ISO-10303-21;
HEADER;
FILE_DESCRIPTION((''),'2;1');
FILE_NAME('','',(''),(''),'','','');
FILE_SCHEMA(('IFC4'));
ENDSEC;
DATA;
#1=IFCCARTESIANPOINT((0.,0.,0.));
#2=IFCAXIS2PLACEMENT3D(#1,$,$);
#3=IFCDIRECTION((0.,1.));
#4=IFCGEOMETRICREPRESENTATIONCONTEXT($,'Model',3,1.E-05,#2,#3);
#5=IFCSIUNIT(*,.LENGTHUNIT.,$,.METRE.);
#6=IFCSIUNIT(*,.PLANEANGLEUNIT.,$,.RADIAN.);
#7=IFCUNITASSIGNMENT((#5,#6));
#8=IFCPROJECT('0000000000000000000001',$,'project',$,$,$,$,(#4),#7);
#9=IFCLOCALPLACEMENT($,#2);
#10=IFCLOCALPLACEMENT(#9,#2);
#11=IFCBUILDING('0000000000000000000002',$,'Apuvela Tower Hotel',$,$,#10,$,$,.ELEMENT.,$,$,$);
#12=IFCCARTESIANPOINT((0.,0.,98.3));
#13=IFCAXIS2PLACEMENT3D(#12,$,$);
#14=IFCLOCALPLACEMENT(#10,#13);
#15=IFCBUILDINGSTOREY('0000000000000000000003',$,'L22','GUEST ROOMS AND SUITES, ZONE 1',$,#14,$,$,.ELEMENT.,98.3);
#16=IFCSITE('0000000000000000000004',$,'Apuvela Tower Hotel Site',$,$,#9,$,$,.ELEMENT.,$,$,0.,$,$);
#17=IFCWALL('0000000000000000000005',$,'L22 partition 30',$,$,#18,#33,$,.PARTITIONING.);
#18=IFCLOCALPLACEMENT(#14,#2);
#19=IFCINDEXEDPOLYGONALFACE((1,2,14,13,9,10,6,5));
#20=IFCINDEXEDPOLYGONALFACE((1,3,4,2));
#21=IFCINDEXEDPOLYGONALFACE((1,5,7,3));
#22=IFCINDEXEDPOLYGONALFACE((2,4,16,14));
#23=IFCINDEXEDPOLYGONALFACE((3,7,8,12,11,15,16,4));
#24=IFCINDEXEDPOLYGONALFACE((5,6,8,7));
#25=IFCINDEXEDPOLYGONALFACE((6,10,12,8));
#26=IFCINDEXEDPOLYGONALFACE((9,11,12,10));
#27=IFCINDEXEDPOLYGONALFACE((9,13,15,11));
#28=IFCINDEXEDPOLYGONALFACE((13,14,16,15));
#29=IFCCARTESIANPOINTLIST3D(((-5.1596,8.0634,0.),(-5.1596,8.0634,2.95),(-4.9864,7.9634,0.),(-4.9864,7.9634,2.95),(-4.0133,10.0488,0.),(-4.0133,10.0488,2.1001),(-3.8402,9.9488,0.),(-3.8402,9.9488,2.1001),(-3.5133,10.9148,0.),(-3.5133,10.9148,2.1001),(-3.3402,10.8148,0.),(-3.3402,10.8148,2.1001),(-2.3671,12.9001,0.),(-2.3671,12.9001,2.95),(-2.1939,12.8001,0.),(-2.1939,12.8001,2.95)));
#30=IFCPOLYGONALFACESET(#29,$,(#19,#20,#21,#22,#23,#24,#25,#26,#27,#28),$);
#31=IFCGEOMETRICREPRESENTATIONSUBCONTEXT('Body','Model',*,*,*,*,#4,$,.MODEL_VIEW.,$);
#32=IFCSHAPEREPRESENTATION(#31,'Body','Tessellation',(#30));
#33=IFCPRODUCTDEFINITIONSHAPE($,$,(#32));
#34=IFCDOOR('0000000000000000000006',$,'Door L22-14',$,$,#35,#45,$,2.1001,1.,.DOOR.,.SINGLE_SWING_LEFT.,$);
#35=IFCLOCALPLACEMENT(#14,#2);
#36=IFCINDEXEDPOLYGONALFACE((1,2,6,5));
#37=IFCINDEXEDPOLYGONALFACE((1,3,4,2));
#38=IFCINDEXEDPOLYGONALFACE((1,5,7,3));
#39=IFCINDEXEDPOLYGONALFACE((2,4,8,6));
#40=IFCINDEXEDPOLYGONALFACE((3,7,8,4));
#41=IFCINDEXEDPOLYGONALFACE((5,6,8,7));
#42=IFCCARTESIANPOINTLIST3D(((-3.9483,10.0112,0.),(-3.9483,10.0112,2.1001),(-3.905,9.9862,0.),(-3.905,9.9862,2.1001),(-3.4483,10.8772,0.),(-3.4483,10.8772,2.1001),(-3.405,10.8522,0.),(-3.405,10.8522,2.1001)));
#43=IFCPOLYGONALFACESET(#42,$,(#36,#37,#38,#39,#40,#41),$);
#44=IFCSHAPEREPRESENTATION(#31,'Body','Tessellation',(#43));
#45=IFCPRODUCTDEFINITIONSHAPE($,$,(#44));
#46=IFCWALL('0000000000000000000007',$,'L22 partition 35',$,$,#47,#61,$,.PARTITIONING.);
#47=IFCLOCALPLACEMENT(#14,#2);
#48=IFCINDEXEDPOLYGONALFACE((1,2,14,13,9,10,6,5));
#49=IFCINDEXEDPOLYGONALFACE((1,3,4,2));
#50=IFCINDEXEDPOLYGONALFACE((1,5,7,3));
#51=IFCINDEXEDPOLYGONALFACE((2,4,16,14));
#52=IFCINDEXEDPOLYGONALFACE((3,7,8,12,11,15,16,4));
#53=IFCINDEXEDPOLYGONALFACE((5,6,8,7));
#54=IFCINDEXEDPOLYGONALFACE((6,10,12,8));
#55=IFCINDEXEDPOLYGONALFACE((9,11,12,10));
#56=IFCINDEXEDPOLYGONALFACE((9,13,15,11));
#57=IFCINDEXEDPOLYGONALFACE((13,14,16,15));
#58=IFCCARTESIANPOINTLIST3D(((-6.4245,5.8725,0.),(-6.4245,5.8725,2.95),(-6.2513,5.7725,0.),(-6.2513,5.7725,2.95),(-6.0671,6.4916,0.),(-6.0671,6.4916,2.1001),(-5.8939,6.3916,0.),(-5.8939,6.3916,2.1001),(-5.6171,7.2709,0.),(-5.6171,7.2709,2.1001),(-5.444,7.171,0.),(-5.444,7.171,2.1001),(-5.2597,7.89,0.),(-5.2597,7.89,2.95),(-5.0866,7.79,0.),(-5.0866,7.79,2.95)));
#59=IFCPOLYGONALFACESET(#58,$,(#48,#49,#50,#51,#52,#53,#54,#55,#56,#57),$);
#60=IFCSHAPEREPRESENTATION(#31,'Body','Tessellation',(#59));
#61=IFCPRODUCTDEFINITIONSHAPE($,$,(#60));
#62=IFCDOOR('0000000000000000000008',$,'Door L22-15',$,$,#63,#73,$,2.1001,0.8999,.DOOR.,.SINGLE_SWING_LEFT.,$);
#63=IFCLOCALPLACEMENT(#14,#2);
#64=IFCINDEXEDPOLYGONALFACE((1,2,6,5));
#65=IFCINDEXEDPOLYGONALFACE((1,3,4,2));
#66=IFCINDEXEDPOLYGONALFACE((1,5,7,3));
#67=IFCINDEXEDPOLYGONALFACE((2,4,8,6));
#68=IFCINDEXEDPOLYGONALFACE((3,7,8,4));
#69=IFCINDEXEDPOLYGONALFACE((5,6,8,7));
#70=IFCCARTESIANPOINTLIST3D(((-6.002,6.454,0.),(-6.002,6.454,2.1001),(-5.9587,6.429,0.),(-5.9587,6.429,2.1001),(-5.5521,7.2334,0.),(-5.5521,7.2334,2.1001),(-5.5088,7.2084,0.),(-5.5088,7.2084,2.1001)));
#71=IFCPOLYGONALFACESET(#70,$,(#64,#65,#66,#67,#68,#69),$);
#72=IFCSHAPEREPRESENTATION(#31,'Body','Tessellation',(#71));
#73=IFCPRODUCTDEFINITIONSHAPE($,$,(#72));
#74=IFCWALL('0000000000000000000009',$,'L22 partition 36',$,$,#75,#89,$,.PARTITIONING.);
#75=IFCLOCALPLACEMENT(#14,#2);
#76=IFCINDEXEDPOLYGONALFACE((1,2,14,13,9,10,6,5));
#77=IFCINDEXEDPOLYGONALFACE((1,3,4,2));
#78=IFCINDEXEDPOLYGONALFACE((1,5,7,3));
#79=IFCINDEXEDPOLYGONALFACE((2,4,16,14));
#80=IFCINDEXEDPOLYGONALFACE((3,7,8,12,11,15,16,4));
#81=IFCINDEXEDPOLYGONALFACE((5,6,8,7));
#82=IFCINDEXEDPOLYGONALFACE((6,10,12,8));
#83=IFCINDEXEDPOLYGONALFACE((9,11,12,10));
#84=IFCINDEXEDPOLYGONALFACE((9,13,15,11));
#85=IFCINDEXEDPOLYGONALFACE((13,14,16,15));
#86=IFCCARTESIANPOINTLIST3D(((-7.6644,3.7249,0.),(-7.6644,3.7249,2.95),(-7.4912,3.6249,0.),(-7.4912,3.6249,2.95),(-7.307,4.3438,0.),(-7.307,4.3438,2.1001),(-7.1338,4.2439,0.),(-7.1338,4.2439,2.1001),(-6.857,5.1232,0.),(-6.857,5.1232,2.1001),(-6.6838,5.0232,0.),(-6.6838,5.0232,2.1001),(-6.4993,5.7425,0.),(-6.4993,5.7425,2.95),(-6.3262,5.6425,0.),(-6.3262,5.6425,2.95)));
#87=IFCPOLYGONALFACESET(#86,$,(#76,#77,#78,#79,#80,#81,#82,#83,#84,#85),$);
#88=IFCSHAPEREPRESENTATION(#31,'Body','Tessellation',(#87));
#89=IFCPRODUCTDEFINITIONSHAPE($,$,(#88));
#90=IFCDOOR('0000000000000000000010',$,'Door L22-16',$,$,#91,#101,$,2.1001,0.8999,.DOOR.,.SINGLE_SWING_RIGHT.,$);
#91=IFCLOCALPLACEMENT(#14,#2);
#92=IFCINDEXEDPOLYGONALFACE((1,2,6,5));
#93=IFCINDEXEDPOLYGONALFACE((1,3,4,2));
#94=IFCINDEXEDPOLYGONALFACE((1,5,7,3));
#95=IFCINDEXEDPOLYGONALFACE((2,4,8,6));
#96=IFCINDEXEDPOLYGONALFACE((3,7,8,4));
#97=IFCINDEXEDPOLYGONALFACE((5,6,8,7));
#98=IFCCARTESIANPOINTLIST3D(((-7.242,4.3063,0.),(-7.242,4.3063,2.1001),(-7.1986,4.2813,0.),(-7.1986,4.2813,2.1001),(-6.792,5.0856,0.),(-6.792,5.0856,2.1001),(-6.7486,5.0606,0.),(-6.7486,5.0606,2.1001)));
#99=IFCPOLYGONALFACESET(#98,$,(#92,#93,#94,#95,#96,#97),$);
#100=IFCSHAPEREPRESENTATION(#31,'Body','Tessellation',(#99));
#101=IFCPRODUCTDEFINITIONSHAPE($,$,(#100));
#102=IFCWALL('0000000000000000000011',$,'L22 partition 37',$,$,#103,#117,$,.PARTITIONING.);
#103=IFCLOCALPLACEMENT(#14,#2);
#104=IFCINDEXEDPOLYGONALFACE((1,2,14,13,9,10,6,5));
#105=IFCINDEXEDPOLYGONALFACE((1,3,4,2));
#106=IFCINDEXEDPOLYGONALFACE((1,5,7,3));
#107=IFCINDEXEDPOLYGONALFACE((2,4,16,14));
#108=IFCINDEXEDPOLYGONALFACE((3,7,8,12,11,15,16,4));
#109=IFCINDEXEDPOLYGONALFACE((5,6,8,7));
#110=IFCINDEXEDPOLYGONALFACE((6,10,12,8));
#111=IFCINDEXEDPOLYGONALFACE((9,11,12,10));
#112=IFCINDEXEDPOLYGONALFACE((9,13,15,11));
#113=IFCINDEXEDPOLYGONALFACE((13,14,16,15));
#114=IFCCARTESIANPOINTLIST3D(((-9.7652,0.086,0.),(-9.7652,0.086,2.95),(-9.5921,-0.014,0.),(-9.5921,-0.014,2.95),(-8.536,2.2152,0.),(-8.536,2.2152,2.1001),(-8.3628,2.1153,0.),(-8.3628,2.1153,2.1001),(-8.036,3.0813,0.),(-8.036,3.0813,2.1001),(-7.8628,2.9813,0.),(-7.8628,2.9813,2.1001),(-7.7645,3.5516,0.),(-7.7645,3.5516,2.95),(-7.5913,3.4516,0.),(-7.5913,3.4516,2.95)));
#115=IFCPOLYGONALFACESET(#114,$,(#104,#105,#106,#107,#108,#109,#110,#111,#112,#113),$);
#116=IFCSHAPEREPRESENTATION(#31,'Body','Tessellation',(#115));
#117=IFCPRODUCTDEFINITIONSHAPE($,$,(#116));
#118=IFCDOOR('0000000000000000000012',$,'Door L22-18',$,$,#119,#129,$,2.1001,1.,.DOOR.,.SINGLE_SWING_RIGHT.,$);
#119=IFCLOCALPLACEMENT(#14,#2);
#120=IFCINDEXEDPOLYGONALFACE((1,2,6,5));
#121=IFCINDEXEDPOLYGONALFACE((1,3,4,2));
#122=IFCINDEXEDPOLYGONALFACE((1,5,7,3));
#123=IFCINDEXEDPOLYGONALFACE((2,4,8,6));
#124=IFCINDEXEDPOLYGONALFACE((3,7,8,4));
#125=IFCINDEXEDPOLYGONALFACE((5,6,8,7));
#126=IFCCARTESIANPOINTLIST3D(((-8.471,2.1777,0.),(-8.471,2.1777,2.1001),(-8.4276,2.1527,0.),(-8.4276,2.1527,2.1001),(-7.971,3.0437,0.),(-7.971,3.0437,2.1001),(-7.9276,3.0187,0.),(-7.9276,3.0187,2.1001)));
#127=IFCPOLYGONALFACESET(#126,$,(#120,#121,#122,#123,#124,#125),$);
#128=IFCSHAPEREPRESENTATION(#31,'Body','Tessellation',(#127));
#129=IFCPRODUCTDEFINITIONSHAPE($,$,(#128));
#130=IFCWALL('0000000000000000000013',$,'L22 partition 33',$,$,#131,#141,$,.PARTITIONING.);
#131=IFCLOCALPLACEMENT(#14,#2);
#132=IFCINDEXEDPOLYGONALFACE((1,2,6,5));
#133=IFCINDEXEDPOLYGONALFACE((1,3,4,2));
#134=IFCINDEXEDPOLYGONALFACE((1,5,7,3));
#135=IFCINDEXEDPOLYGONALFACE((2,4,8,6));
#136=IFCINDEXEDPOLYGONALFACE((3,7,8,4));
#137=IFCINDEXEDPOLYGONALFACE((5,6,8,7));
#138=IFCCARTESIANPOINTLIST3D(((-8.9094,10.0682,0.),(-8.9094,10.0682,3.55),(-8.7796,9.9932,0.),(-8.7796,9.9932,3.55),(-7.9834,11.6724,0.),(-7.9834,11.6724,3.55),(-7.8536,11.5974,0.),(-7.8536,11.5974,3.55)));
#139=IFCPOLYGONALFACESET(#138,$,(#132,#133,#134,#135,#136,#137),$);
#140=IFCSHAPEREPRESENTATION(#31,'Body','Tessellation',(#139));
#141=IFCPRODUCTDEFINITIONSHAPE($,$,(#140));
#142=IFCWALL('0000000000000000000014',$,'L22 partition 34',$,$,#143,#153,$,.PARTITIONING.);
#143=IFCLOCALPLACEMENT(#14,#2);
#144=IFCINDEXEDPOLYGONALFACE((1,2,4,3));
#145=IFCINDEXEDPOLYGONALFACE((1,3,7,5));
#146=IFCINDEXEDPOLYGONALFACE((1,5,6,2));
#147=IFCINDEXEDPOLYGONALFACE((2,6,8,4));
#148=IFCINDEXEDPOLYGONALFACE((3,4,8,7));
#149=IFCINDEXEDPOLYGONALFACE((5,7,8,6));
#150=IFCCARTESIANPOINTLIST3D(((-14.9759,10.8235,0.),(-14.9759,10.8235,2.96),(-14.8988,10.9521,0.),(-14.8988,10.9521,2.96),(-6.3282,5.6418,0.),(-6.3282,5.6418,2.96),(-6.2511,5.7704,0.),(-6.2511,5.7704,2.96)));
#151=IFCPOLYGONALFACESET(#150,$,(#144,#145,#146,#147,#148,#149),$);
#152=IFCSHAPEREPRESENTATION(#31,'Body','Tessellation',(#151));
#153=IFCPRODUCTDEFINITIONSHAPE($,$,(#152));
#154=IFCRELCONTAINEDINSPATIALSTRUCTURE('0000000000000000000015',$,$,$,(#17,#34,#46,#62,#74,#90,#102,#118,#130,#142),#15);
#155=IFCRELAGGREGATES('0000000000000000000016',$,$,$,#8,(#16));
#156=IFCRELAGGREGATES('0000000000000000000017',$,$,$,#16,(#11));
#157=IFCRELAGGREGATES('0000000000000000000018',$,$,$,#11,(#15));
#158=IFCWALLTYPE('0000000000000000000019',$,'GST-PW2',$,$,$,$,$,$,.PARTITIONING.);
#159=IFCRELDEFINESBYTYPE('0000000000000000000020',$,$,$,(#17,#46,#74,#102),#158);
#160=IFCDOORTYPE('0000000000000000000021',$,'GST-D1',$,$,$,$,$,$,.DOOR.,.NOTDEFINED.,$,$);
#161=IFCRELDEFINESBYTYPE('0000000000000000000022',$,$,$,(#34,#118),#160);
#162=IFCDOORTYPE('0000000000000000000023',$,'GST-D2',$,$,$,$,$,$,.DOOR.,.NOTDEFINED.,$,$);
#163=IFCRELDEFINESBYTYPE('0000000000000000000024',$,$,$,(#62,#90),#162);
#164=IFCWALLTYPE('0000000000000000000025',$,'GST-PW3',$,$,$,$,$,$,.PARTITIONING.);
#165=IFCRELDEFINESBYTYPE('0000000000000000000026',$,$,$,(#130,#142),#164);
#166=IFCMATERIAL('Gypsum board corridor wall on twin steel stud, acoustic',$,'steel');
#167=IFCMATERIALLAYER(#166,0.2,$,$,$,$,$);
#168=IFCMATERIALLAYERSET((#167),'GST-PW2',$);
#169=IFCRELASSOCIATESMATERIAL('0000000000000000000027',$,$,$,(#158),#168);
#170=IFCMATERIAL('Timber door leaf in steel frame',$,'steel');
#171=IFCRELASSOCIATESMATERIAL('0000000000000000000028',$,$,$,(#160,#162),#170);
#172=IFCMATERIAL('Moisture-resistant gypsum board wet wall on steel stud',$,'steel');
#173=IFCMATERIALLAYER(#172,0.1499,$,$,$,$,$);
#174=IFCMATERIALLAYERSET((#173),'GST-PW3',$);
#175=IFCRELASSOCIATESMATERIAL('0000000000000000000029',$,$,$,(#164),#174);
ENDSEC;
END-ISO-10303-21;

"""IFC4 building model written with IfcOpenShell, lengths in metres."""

from ifc_helpers import new_model, si_unit, direction, frame, frame_2d, origin, place, context, subcontext, project, spatial, rectangle, extrude, material, layer, layer_set, type_object, element, fill, save


model = new_model("IFC4")

# Units and contexts
model_context = context("Model", 3, precision=1e-05, world=origin(), true_north=direction((0.0, 1.0)))
body_context = subcontext(model_context, "Body", "Model", "MODEL_VIEW")
ifc_project = project(units=[si_unit("LENGTHUNIT", "METRE"), si_unit("PLANEANGLEUNIT", "RADIAN")], contexts=[model_context])

# Site, building, storey
site_placement = place(None, origin())
site = spatial("IfcSite", under=ifc_project, at=site_placement, Name="Apuvela Tower Hotel Site", CompositionType="ELEMENT", RefElevation=0.0)
building_placement = place(site_placement, origin())
building = spatial("IfcBuilding", under=site, at=building_placement, Name="Apuvela Tower Hotel", CompositionType="ELEMENT")
storey_placement = place(building_placement, frame((0.0, 0.0, 98.3)))
storey = spatial("IfcBuildingStorey", under=building, at=storey_placement, Name="L22", Description="GUEST ROOMS AND SUITES, ZONE 1", CompositionType="ELEMENT", Elevation=98.3)

# Walls, openings, doors
ifc_material_1 = material(Name="Gypsum board corridor wall on twin steel stud, acoustic", Category="steel")
ifc_layer_1 = layer(ifc_material_1, 0.2)
ifc_layer_set_1 = layer_set([ifc_layer_1], Name="GST-PW2")
wall_type_1 = type_object("IfcWallType", Name="GST-PW2", PredefinedType="PARTITIONING", material=ifc_layer_set_1)
wall_1_placement = place(storey_placement, frame((-5.073, 8.0134, 0.0), z_axis=(0.0, 0.0, 1.0), x_axis=(0.500004, 0.866023, 0.0)))
wall_1 = element("IfcWall", 1, at=wall_1_placement, inside=storey, type_object=wall_type_1, Name="L22 partition 30", PredefinedType="PARTITIONING", context=body_context, shape_type="SweptSolid", body=[
    extrude(rectangle(XDim=5.585, YDim=0.2, at=frame_2d((2.7925, 0.0))), origin(), (0.0, 0.0, 1.0), 2.95),
])
opening_1_placement = place(wall_1_placement, frame((2.2925, 0.0, 0.0)))
opening_1 = element("IfcOpeningElement", 2, at=opening_1_placement, cuts=wall_1, PredefinedType="OPENING", context=body_context, shape_type="SweptSolid", body=[
    extrude(rectangle(XDim=1.0, YDim=2.1001, at=frame_2d((0.5, 1.05))), frame((0.0, 0.1099, 0.0), z_axis=(0.0, -1.0, 0.0), x_axis=(1.0, 0.0, 0.0)), (0.0, 0.0, 1.0), 0.22),
])
ifc_material_2 = material(Name="Timber door leaf in steel frame", Category="steel")
door_type_1 = type_object("IfcDoorType", Name="GST-D1", OperationType="NOTDEFINED", PredefinedType="DOOR", material=ifc_material_2)
door_1_placement = place(opening_1_placement, origin())
door_1 = element("IfcDoor", 3, at=door_1_placement, inside=storey, type_object=door_type_1, Name="Door L22-14", OperationType="SINGLE_SWING_LEFT", OverallHeight=2.1001, OverallWidth=1.0, PredefinedType="DOOR", context=body_context, shape_type="SweptSolid", body=[
    extrude(rectangle(XDim=1.0, YDim=2.1001, at=frame_2d((0.5, 1.05))), frame((0.0, 0.0249, 0.0), z_axis=(0.0, -1.0, 0.0), x_axis=(1.0, 0.0, 0.0)), (0.0, 0.0, 1.0), 0.05),
])
fill(opening_1, door_1)
wall_2_placement = place(storey_placement, frame((-6.3379, 5.8225, 0.0), z_axis=(0.0, 0.0, 1.0), x_axis=(0.499983, 0.866036, 0.0)))
wall_2 = element("IfcWall", 4, at=wall_2_placement, inside=storey, type_object=wall_type_1, Name="L22 partition 35", PredefinedType="PARTITIONING", context=body_context, shape_type="SweptSolid", body=[
    extrude(rectangle(XDim=2.3296, YDim=0.2, at=frame_2d((1.1648, 0.0))), origin(), (0.0, 0.0, 1.0), 2.95),
])
opening_2_placement = place(wall_2_placement, frame((0.7148, 0.0, 0.0)))
opening_2 = element("IfcOpeningElement", 5, at=opening_2_placement, cuts=wall_2, PredefinedType="OPENING", context=body_context, shape_type="SweptSolid", body=[
    extrude(rectangle(XDim=0.8999, YDim=2.1001, at=frame_2d((0.45, 1.05))), frame((0.0, 0.1099, 0.0), z_axis=(0.0, -1.0, 0.0), x_axis=(1.0, 0.0, 0.0)), (0.0, 0.0, 1.0), 0.22),
])
door_type_2 = type_object("IfcDoorType", Name="GST-D2", OperationType="NOTDEFINED", PredefinedType="DOOR", material=ifc_material_2)
door_2_placement = place(opening_2_placement, origin())
door_2 = element("IfcDoor", 6, at=door_2_placement, inside=storey, type_object=door_type_2, Name="Door L22-15", OperationType="SINGLE_SWING_LEFT", OverallHeight=2.1001, OverallWidth=0.8999, PredefinedType="DOOR", context=body_context, shape_type="SweptSolid", body=[
    extrude(rectangle(XDim=0.8999, YDim=2.1001, at=frame_2d((0.45, 1.05))), frame((0.0, 0.0249, 0.0), z_axis=(0.0, -1.0, 0.0), x_axis=(1.0, 0.0, 0.0)), (0.0, 0.0, 1.0), 0.05),
])
fill(opening_2, door_2)
wall_3_placement = place(storey_placement, frame((-7.5779, 3.6748, 0.0), z_axis=(0.0, 0.0, 1.0), x_axis=(0.500061, 0.86599, 0.0)))
wall_3 = element("IfcWall", 7, at=wall_3_placement, inside=storey, type_object=wall_type_1, Name="L22 partition 36", PredefinedType="PARTITIONING", context=body_context, shape_type="SweptSolid", body=[
    extrude(rectangle(XDim=2.3298, YDim=0.2, at=frame_2d((1.165, 0.0))), origin(), (0.0, 0.0, 1.0), 2.95),
])
opening_3_placement = place(wall_3_placement, frame((0.7148, 0.0, 0.0)))
opening_3 = element("IfcOpeningElement", 8, at=opening_3_placement, cuts=wall_3, PredefinedType="OPENING", context=body_context, shape_type="SweptSolid", body=[
    extrude(rectangle(XDim=0.8999, YDim=2.1001, at=frame_2d((0.45, 1.05))), frame((0.0, 0.1099, 0.0), z_axis=(0.0, -1.0, 0.0), x_axis=(1.0, 0.0, 0.0)), (0.0, 0.0, 1.0), 0.22),
])
door_3_placement = place(opening_3_placement, origin())
door_3 = element("IfcDoor", 9, at=door_3_placement, inside=storey, type_object=door_type_2, Name="Door L22-16", OperationType="SINGLE_SWING_RIGHT", OverallHeight=2.1001, OverallWidth=0.8999, PredefinedType="DOOR", context=body_context, shape_type="SweptSolid", body=[
    extrude(rectangle(XDim=0.8999, YDim=2.1001, at=frame_2d((0.45, 1.05))), frame((0.0, 0.0249, 0.0), z_axis=(0.0, -1.0, 0.0), x_axis=(1.0, 0.0, 0.0)), (0.0, 0.0, 1.0), 0.05),
])
fill(opening_3, door_3)
wall_4_placement = place(storey_placement, frame((-9.6787, 0.0359, 0.0), z_axis=(0.0, 0.0, 1.0), x_axis=(0.499978, 0.866038, 0.0)))
wall_4 = element("IfcWall", 10, at=wall_4_placement, inside=storey, type_object=wall_type_1, Name="L22 partition 37", PredefinedType="PARTITIONING", context=body_context, shape_type="SweptSolid", body=[
    extrude(rectangle(XDim=4.0017, YDim=0.2, at=frame_2d((2.001, 0.0))), origin(), (0.0, 0.0, 1.0), 2.95),
])
opening_4_placement = place(wall_4_placement, frame((2.4587, 0.0, 0.0)))
opening_4 = element("IfcOpeningElement", 11, at=opening_4_placement, cuts=wall_4, PredefinedType="OPENING", context=body_context, shape_type="SweptSolid", body=[
    extrude(rectangle(XDim=1.0, YDim=2.1001, at=frame_2d((0.5, 1.05))), frame((0.0, 0.1099, 0.0), z_axis=(0.0, -1.0, 0.0), x_axis=(1.0, 0.0, 0.0)), (0.0, 0.0, 1.0), 0.22),
])
door_4_placement = place(opening_4_placement, origin())
door_4 = element("IfcDoor", 12, at=door_4_placement, inside=storey, type_object=door_type_1, Name="Door L22-18", OperationType="SINGLE_SWING_RIGHT", OverallHeight=2.1001, OverallWidth=1.0, PredefinedType="DOOR", context=body_context, shape_type="SweptSolid", body=[
    extrude(rectangle(XDim=1.0, YDim=2.1001, at=frame_2d((0.5, 1.05))), frame((0.0, 0.0249, 0.0), z_axis=(0.0, -1.0, 0.0), x_axis=(1.0, 0.0, 0.0)), (0.0, 0.0, 1.0), 0.05),
])
fill(opening_4, door_4)

# Walls
ifc_material_3 = material(Name="Moisture-resistant gypsum board wet wall on steel stud", Category="steel")
ifc_layer_2 = layer(ifc_material_3, 0.1499)
ifc_layer_set_2 = layer_set([ifc_layer_2], Name="GST-PW3")
wall_type_2 = type_object("IfcWallType", Name="GST-PW3", PredefinedType="PARTITIONING", material=ifc_layer_set_2)
wall_5_placement = place(storey_placement, frame((-7.9185, 11.635, 0.0), z_axis=(0.0, 0.0, 1.0), x_axis=(-0.499924, -0.866069, 0.0)))
element("IfcWall", 13, at=wall_5_placement, inside=storey, type_object=wall_type_2, Name="L22 partition 33", PredefinedType="PARTITIONING", context=body_context, shape_type="SweptSolid", body=[
    extrude(rectangle(XDim=1.8523, YDim=0.1499, at=frame_2d((0.9263, 0.0))), origin(), (0.0, 0.0, 1.0), 3.55),
])
wall_6_placement = place(storey_placement, frame((-14.9373, 10.8877, 0.0), z_axis=(0.0, 0.0, 1.0), x_axis=(0.857798, -0.513986, 0.0)))
element("IfcWall", 14, at=wall_6_placement, inside=storey, type_object=wall_type_2, Name="L22 partition 34", PredefinedType="PARTITIONING", context=body_context, shape_type="SweptSolid", body=[
    extrude(rectangle(XDim=10.0813, YDim=0.1499, at=frame_2d((5.0405, 0.0))), origin(), (0.0, 0.0, 1.0), 2.96),
])

save(model, "model.ifc")
